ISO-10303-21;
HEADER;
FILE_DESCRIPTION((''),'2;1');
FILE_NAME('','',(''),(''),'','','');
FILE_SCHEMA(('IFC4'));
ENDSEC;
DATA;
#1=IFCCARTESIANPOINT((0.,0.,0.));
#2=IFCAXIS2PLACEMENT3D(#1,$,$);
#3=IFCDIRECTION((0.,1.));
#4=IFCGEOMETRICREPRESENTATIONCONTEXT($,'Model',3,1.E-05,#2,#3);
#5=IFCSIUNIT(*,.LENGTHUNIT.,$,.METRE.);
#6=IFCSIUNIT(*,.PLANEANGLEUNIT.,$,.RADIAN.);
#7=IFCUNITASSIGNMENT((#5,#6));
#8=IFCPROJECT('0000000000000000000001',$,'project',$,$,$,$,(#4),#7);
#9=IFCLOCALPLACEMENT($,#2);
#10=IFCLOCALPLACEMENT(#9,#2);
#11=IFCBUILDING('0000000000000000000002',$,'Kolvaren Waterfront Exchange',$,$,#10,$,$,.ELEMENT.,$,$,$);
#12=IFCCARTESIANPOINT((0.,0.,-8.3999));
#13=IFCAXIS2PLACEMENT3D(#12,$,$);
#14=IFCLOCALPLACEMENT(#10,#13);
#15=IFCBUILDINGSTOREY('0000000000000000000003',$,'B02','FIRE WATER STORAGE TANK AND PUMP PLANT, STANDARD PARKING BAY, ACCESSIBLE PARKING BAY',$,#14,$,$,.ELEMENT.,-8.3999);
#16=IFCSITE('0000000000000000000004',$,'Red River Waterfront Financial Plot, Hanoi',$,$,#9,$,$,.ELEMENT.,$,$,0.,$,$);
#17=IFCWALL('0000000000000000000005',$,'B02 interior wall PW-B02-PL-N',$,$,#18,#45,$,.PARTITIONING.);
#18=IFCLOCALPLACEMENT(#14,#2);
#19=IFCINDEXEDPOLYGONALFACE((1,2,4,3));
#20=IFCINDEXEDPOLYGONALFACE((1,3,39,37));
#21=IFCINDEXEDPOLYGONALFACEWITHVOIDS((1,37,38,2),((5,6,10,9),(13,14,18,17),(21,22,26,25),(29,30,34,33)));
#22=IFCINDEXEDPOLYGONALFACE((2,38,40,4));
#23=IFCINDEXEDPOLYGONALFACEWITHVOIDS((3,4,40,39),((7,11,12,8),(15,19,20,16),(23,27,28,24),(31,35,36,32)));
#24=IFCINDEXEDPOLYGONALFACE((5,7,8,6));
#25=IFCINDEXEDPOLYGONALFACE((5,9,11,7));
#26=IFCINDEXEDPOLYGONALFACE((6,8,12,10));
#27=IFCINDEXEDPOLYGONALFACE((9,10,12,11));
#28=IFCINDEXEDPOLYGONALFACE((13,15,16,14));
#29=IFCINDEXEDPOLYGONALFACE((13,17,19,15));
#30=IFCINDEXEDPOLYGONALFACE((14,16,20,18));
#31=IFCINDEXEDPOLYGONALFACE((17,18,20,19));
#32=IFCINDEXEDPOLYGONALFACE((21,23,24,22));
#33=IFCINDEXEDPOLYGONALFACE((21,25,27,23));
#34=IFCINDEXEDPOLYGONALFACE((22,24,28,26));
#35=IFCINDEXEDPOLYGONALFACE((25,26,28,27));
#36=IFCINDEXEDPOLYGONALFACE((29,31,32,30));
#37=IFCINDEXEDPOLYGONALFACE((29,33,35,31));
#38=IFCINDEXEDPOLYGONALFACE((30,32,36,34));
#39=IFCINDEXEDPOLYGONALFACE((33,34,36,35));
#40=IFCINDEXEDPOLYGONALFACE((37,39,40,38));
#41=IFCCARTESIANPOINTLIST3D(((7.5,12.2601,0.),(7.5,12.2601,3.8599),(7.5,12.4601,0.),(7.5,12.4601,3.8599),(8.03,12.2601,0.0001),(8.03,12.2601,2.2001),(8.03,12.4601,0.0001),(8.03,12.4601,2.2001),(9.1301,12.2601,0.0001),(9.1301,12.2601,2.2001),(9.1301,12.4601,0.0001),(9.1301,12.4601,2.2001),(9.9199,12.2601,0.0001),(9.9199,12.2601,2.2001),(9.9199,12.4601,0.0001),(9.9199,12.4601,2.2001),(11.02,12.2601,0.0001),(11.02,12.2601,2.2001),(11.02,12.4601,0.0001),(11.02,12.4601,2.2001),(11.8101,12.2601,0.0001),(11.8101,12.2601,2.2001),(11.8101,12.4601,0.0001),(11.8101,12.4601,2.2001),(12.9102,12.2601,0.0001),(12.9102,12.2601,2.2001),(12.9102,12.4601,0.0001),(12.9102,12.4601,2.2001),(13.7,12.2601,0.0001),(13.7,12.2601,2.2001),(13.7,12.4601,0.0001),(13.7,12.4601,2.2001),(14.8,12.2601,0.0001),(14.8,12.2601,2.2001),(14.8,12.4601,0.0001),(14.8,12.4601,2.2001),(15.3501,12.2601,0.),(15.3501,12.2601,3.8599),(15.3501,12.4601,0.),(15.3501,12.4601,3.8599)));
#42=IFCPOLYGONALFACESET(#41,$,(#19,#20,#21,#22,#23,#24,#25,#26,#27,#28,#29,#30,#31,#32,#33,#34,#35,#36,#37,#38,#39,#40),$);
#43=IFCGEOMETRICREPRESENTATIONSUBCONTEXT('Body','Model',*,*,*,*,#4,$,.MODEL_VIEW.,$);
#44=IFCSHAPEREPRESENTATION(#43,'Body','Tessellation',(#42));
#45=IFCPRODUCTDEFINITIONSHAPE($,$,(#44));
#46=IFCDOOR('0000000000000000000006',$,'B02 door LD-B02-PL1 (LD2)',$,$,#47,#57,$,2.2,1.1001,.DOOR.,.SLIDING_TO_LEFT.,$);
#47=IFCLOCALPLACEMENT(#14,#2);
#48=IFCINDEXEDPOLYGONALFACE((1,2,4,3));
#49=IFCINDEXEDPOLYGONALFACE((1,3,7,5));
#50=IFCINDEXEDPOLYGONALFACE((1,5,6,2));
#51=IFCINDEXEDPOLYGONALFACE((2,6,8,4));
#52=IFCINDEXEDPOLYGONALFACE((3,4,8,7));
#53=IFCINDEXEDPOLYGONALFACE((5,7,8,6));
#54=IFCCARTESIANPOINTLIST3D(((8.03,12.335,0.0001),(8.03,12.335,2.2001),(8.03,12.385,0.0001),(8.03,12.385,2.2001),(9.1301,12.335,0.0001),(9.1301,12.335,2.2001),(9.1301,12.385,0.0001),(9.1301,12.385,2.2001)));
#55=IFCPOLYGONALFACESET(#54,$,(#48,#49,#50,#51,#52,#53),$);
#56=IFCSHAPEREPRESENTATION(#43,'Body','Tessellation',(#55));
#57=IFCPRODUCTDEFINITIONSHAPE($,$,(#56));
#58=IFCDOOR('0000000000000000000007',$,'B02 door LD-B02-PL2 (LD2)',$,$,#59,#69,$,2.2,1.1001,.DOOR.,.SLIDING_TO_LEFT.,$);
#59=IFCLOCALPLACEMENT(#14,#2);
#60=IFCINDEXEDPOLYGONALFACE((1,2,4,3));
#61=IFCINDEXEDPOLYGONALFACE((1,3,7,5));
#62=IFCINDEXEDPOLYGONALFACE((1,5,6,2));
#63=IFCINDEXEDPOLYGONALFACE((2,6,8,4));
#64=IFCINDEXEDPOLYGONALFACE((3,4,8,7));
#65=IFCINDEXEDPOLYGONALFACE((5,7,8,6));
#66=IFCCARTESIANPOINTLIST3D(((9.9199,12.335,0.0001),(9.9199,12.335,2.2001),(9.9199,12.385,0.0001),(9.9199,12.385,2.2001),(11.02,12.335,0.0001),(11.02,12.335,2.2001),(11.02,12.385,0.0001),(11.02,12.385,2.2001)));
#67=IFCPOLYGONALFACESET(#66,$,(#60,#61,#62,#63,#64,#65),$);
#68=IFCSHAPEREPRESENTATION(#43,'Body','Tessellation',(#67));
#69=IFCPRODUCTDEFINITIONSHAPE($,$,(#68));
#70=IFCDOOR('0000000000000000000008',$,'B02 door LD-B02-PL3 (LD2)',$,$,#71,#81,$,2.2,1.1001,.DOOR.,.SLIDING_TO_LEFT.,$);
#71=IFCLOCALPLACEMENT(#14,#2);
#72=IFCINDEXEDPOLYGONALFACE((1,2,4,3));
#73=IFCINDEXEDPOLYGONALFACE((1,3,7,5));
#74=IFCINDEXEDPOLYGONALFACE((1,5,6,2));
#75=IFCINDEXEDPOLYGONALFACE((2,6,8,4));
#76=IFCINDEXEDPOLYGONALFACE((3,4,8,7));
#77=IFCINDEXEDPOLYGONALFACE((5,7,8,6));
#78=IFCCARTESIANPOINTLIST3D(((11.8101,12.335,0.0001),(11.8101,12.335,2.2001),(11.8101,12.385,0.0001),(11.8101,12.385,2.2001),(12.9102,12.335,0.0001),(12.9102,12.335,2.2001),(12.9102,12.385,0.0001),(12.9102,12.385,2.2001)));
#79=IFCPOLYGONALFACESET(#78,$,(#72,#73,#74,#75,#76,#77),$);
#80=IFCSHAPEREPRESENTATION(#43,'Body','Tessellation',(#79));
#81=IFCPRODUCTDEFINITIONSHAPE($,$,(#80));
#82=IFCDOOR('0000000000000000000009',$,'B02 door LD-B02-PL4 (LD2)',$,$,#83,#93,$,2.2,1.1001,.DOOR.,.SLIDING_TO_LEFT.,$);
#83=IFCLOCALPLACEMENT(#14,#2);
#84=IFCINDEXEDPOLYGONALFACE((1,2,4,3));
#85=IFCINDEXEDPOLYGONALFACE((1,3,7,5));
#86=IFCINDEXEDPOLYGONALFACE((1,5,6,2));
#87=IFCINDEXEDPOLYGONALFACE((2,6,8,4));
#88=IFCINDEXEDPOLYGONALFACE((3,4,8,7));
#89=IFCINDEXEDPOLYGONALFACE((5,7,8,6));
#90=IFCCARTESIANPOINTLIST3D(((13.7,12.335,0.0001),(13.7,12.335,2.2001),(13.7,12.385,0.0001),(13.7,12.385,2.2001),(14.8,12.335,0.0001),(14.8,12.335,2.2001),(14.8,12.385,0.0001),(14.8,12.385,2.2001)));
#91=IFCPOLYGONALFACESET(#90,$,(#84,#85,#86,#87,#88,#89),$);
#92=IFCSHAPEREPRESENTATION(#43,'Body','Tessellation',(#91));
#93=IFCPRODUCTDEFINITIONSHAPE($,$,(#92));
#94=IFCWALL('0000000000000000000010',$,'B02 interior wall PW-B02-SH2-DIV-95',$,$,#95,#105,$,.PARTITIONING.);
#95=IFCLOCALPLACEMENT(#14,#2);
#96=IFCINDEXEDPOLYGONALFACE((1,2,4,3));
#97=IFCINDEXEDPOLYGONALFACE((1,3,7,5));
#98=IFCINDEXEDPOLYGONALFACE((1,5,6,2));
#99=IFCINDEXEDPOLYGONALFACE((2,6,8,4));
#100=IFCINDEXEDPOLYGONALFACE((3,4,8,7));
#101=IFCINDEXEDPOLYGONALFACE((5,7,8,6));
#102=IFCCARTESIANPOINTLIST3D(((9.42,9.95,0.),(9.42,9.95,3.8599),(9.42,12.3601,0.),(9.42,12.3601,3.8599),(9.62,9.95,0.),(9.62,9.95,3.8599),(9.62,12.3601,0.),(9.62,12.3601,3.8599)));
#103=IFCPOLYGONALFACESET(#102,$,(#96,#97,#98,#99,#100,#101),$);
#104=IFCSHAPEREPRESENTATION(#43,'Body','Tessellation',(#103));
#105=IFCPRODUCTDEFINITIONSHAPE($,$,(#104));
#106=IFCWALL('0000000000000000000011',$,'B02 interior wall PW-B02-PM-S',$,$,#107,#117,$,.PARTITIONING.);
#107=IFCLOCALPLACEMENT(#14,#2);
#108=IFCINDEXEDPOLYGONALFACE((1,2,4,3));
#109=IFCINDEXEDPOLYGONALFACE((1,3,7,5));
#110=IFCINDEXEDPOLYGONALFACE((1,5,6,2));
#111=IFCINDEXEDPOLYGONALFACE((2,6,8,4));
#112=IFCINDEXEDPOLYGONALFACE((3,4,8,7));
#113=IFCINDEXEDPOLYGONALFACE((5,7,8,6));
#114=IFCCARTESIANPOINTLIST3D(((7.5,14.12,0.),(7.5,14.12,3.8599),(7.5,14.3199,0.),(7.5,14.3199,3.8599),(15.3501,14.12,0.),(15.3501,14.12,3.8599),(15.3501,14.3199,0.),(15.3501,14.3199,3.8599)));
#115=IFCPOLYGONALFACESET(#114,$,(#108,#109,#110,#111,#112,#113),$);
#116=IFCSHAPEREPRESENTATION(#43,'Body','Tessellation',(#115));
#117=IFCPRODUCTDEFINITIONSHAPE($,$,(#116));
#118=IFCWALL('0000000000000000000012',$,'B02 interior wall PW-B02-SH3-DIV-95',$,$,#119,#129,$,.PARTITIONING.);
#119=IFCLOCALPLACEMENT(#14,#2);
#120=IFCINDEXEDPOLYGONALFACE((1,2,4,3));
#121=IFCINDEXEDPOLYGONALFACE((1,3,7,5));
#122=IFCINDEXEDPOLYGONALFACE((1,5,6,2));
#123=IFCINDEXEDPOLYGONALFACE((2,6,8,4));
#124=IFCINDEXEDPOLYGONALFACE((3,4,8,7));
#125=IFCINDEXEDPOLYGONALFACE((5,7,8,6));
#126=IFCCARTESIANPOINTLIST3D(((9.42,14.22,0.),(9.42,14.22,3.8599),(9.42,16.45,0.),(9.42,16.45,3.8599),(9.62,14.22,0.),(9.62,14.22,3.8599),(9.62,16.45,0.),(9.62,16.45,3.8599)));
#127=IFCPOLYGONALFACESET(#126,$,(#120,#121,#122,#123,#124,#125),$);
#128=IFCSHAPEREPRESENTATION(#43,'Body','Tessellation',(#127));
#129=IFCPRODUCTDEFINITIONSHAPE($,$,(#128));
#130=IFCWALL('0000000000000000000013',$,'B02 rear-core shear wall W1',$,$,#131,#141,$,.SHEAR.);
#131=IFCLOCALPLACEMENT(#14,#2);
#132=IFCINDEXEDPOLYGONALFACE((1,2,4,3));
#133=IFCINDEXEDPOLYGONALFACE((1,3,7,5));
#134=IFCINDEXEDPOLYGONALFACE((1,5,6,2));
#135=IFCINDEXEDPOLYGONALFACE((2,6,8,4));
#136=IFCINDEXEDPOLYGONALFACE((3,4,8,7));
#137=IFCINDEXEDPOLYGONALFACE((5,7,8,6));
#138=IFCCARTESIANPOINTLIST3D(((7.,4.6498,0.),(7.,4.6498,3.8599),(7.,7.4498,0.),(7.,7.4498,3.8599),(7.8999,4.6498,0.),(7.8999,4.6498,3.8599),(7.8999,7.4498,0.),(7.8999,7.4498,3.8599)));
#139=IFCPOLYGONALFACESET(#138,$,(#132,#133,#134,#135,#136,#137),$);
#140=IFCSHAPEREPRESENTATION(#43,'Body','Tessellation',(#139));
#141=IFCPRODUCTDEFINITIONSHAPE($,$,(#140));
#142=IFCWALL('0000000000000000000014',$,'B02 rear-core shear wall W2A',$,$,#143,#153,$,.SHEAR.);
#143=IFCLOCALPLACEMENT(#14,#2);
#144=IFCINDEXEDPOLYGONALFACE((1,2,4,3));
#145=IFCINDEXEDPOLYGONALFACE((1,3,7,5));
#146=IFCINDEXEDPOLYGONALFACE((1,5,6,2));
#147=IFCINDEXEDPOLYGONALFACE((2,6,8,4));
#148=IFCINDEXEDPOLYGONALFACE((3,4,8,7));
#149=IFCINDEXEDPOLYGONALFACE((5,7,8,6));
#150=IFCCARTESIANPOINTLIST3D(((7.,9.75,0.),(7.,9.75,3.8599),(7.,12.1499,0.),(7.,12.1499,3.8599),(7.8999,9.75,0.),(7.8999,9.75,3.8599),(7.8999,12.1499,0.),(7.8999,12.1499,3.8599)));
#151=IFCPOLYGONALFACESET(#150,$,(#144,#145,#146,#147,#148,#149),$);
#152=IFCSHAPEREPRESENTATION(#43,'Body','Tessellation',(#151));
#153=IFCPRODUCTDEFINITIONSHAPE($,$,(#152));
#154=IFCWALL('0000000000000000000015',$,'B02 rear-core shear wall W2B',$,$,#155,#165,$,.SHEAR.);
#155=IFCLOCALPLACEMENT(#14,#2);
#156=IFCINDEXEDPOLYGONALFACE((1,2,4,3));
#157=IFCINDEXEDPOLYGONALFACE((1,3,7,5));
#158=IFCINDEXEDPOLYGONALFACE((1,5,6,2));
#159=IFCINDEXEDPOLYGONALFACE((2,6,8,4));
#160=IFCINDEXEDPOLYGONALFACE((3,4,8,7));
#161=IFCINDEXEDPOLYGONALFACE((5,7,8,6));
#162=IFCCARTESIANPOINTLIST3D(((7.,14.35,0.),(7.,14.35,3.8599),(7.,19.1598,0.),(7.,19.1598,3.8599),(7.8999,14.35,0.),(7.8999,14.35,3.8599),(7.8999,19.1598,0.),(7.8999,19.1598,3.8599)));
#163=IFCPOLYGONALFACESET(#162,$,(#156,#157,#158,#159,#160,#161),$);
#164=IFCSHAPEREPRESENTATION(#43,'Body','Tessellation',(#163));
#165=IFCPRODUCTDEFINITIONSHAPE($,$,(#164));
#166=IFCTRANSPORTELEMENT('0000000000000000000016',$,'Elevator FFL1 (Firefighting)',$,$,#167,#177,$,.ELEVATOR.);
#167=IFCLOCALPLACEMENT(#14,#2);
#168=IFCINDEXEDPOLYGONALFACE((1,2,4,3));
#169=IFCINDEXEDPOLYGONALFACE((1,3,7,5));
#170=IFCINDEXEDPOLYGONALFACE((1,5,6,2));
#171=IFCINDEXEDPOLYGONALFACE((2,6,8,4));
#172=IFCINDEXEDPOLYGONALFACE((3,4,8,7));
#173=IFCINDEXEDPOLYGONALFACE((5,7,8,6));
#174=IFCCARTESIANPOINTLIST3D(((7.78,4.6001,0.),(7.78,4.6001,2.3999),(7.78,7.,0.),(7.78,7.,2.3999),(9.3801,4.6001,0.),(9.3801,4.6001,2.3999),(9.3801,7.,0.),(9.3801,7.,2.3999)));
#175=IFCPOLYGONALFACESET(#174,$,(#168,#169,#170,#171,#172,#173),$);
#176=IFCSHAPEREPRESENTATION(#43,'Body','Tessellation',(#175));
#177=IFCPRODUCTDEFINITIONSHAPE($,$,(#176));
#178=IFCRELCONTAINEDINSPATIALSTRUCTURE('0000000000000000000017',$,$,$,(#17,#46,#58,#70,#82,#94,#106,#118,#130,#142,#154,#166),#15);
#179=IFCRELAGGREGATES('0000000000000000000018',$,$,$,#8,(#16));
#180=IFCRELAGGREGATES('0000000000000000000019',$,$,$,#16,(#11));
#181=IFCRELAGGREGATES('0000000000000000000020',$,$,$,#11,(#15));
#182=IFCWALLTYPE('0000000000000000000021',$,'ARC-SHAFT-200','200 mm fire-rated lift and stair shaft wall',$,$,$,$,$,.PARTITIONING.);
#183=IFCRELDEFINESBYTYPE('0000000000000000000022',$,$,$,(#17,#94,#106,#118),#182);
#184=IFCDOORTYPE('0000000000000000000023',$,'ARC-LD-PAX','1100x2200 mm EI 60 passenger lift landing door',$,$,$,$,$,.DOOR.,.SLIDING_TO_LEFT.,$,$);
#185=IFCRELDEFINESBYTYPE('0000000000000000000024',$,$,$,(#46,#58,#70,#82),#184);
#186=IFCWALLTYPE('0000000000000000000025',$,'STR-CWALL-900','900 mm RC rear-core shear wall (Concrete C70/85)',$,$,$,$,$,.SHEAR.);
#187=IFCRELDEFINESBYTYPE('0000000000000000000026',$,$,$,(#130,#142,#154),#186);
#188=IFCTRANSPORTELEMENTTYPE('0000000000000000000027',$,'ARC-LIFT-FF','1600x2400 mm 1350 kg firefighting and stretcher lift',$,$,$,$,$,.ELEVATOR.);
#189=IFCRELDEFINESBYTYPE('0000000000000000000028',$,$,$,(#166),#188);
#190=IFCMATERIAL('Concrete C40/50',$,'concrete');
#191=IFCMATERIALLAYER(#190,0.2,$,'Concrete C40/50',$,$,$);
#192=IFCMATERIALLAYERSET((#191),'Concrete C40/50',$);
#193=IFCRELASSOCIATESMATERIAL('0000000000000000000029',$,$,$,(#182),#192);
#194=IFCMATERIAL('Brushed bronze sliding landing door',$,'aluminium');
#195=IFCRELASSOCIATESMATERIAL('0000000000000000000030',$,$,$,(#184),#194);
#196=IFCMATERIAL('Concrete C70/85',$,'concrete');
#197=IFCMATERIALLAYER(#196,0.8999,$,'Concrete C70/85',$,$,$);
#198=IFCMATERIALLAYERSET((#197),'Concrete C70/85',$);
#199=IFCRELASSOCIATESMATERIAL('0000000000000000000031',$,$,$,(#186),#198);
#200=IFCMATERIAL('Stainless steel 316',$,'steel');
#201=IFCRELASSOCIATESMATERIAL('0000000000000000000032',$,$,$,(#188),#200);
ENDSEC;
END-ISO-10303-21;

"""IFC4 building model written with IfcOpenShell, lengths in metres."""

from ifc_helpers import new_model, si_unit, direction, frame, frame_2d, origin, origin_2d, place, context, subcontext, project, spatial, rectangle, extrude, material, layer, layer_set, type_object, element, fill, save


model = new_model("IFC4")

# Units and contexts
model_context = context("Model", 3, precision=1e-05, world=origin(), true_north=direction((0.0, 1.0)))
body_context = subcontext(model_context, "Body", "Model", "MODEL_VIEW")
ifc_project = project(units=[si_unit("LENGTHUNIT", "METRE"), si_unit("PLANEANGLEUNIT", "RADIAN")], contexts=[model_context])

# Site, building, storey
site_placement = place(None, origin())
site = spatial("IfcSite", under=ifc_project, at=site_placement, Name="Red River Waterfront Financial Plot, Hanoi", CompositionType="ELEMENT", RefElevation=0.0)
building_placement = place(site_placement, origin())
building = spatial("IfcBuilding", under=site, at=building_placement, Name="Kolvaren Waterfront Exchange", CompositionType="ELEMENT")
storey_placement = place(building_placement, frame((0.0, 0.0, -8.3999)))
storey = spatial("IfcBuildingStorey", under=building, at=storey_placement, Name="B02", Description="FIRE WATER STORAGE TANK AND PUMP PLANT, STANDARD PARKING BAY, ACCESSIBLE PARKING BAY", CompositionType="ELEMENT", Elevation=-8.3999)

# Shared definitions
ifc_material_1 = material(Name="Concrete C70/85", Category="concrete")

# Shared definitions
ifc_material_2 = material(Name="Concrete C40/50", Category="concrete")
ifc_layer_1 = layer(ifc_material_2, 0.2, Name="Concrete C40/50")
ifc_layer_set_1 = layer_set([ifc_layer_1], Name="Concrete C40/50")
wall_type_1 = type_object("IfcWallType", Name="ARC-SHAFT-200", Description="200 mm fire-rated lift and stair shaft wall", PredefinedType="PARTITIONING", material=ifc_layer_set_1)

# Wall, openings, doors
wall_1_placement = place(storey_placement, frame((7.5, 12.3601, 0.0), z_axis=(0.0, 0.0, 1.0), x_axis=(1.0, 0.0, 0.0)))
wall_1 = element("IfcWall", 1, at=wall_1_placement, inside=storey, type_object=wall_type_1, Name="B02 interior wall PW-B02-PL-N", PredefinedType="PARTITIONING", context=body_context, shape_type="SweptSolid", body=[
    extrude(rectangle(XDim=7.8501, YDim=0.2, at=frame_2d((3.925, 0.0))), origin(), (0.0, 0.0, 1.0), 3.8599),
])
opening_1_placement = place(wall_1_placement, frame((0.53, 0.0, 0.0)))
opening_1 = element("IfcOpeningElement", 2, at=opening_1_placement, cuts=wall_1, PredefinedType="OPENING", context=body_context, shape_type="SweptSolid", body=[
    extrude(rectangle(XDim=1.1001, YDim=2.2, at=frame_2d((0.55, 1.1001))), frame((0.0, 0.1099, 0.0), z_axis=(0.0, -1.0, 0.0), x_axis=(1.0, 0.0, 0.0)), (0.0, 0.0, 1.0), 0.22),
])
opening_2_placement = place(wall_1_placement, frame((2.4199, 0.0, 0.0)))
opening_2 = element("IfcOpeningElement", 3, at=opening_2_placement, cuts=wall_1, PredefinedType="OPENING", context=body_context, shape_type="SweptSolid", body=[
    extrude(rectangle(XDim=1.1001, YDim=2.2, at=frame_2d((0.55, 1.1001))), frame((0.0, 0.1099, 0.0), z_axis=(0.0, -1.0, 0.0), x_axis=(1.0, 0.0, 0.0)), (0.0, 0.0, 1.0), 0.22),
])
opening_3_placement = place(wall_1_placement, frame((4.3101, 0.0, 0.0)))
opening_3 = element("IfcOpeningElement", 4, at=opening_3_placement, cuts=wall_1, PredefinedType="OPENING", context=body_context, shape_type="SweptSolid", body=[
    extrude(rectangle(XDim=1.1001, YDim=2.2, at=frame_2d((0.55, 1.1001))), frame((0.0, 0.1099, 0.0), z_axis=(0.0, -1.0, 0.0), x_axis=(1.0, 0.0, 0.0)), (0.0, 0.0, 1.0), 0.22),
])
opening_4_placement = place(wall_1_placement, frame((6.2, 0.0, 0.0)))
opening_4 = element("IfcOpeningElement", 5, at=opening_4_placement, cuts=wall_1, PredefinedType="OPENING", context=body_context, shape_type="SweptSolid", body=[
    extrude(rectangle(XDim=1.1001, YDim=2.2, at=frame_2d((0.55, 1.1001))), frame((0.0, 0.1099, 0.0), z_axis=(0.0, -1.0, 0.0), x_axis=(1.0, 0.0, 0.0)), (0.0, 0.0, 1.0), 0.22),
])
ifc_material_3 = material(Name="Brushed bronze sliding landing door", Category="aluminium")
door_type_1 = type_object("IfcDoorType", Name="ARC-LD-PAX", Description="1100x2200 mm EI 60 passenger lift landing door", OperationType="SLIDING_TO_LEFT", PredefinedType="DOOR", material=ifc_material_3)
door_1_placement = place(opening_1_placement, origin())
door_1 = element("IfcDoor", 6, at=door_1_placement, inside=storey, type_object=door_type_1, Name="B02 door LD-B02-PL1 (LD2)", OperationType="SLIDING_TO_LEFT", OverallHeight=2.2, OverallWidth=1.1001, PredefinedType="DOOR", context=body_context, shape_type="SweptSolid", body=[
    extrude(rectangle(XDim=1.1001, YDim=2.2, at=frame_2d((0.55, 1.1001))), frame((0.0, 0.0249, 0.0), z_axis=(0.0, -1.0, 0.0), x_axis=(1.0, 0.0, 0.0)), (0.0, 0.0, 1.0), 0.05),
])
fill(opening_1, door_1)
door_2_placement = place(opening_2_placement, origin())
door_2 = element("IfcDoor", 7, at=door_2_placement, inside=storey, type_object=door_type_1, Name="B02 door LD-B02-PL2 (LD2)", OperationType="SLIDING_TO_LEFT", OverallHeight=2.2, OverallWidth=1.1001, PredefinedType="DOOR", context=body_context, shape_type="SweptSolid", body=[
    extrude(rectangle(XDim=1.1001, YDim=2.2, at=frame_2d((0.55, 1.1001))), frame((0.0, 0.0249, 0.0), z_axis=(0.0, -1.0, 0.0), x_axis=(1.0, 0.0, 0.0)), (0.0, 0.0, 1.0), 0.05),
])
fill(opening_2, door_2)
door_3_placement = place(opening_3_placement, origin())
door_3 = element("IfcDoor", 8, at=door_3_placement, inside=storey, type_object=door_type_1, Name="B02 door LD-B02-PL3 (LD2)", OperationType="SLIDING_TO_LEFT", OverallHeight=2.2, OverallWidth=1.1001, PredefinedType="DOOR", context=body_context, shape_type="SweptSolid", body=[
    extrude(rectangle(XDim=1.1001, YDim=2.2, at=frame_2d((0.55, 1.1001))), frame((0.0, 0.0249, 0.0), z_axis=(0.0, -1.0, 0.0), x_axis=(1.0, 0.0, 0.0)), (0.0, 0.0, 1.0), 0.05),
])
fill(opening_3, door_3)
door_4_placement = place(opening_4_placement, origin())
door_4 = element("IfcDoor", 9, at=door_4_placement, inside=storey, type_object=door_type_1, Name="B02 door LD-B02-PL4 (LD2)", OperationType="SLIDING_TO_LEFT", OverallHeight=2.2, OverallWidth=1.1001, PredefinedType="DOOR", context=body_context, shape_type="SweptSolid", body=[
    extrude(rectangle(XDim=1.1001, YDim=2.2, at=frame_2d((0.55, 1.1001))), frame((0.0, 0.0249, 0.0), z_axis=(0.0, -1.0, 0.0), x_axis=(1.0, 0.0, 0.0)), (0.0, 0.0, 1.0), 0.05),
])
fill(opening_4, door_4)

# Walls
wall_2_placement = place(storey_placement, frame((9.52, 9.95, 0.0), z_axis=(0.0, 0.0, 1.0), x_axis=(0.0, 1.0, 0.0)))
element("IfcWall", 10, at=wall_2_placement, inside=storey, type_object=wall_type_1, Name="B02 interior wall PW-B02-SH2-DIV-95", PredefinedType="PARTITIONING", context=body_context, shape_type="SweptSolid", body=[
    extrude(rectangle(XDim=2.4102, YDim=0.2, at=frame_2d((1.2051, 0.0))), origin(), (0.0, 0.0, 1.0), 3.8599),
])
wall_3_placement = place(storey_placement, frame((7.5, 14.22, 0.0), z_axis=(0.0, 0.0, 1.0), x_axis=(1.0, 0.0, 0.0)))
element("IfcWall", 11, at=wall_3_placement, inside=storey, type_object=wall_type_1, Name="B02 interior wall PW-B02-PM-S", PredefinedType="PARTITIONING", context=body_context, shape_type="SweptSolid", body=[
    extrude(rectangle(XDim=7.8501, YDim=0.2, at=frame_2d((3.925, 0.0))), origin(), (0.0, 0.0, 1.0), 3.8599),
])
wall_4_placement = place(storey_placement, frame((9.52, 14.22, 0.0), z_axis=(0.0, 0.0, 1.0), x_axis=(0.0, 1.0, 0.0)))
element("IfcWall", 12, at=wall_4_placement, inside=storey, type_object=wall_type_1, Name="B02 interior wall PW-B02-SH3-DIV-95", PredefinedType="PARTITIONING", context=body_context, shape_type="SweptSolid", body=[
    extrude(rectangle(XDim=2.23, YDim=0.2, at=frame_2d((1.115, 0.0))), origin(), (0.0, 0.0, 1.0), 3.8599),
])
ifc_layer_2 = layer(ifc_material_1, 0.8999, Name="Concrete C70/85")
ifc_layer_set_2 = layer_set([ifc_layer_2], Name="Concrete C70/85")
wall_type_2 = type_object("IfcWallType", Name="STR-CWALL-900", Description="900 mm RC rear-core shear wall (Concrete C70/85)", PredefinedType="SHEAR", material=ifc_layer_set_2)
wall_5_placement = place(storey_placement, frame((7.45, 4.6499, 0.0), z_axis=(0.0, 0.0, 1.0), x_axis=(0.0, 1.0, 0.0)))
element("IfcWall", 13, at=wall_5_placement, inside=storey, type_object=wall_type_2, Name="B02 rear-core shear wall W1", PredefinedType="SHEAR", context=body_context, shape_type="SweptSolid", body=[
    extrude(rectangle(XDim=2.8, YDim=0.8999, at=frame_2d((1.3999, 0.0))), origin(), (0.0, 0.0, 1.0), 3.8599),
])
wall_6_placement = place(storey_placement, frame((7.45, 9.75, 0.0), z_axis=(0.0, 0.0, 1.0), x_axis=(0.0, 1.0, 0.0)))
element("IfcWall", 14, at=wall_6_placement, inside=storey, type_object=wall_type_2, Name="B02 rear-core shear wall W2A", PredefinedType="SHEAR", context=body_context, shape_type="SweptSolid", body=[
    extrude(rectangle(XDim=2.3999, YDim=0.8999, at=frame_2d((1.2, 0.0))), origin(), (0.0, 0.0, 1.0), 3.8599),
])
wall_7_placement = place(storey_placement, frame((7.45, 14.3501, 0.0), z_axis=(0.0, 0.0, 1.0), x_axis=(0.0, 1.0, 0.0)))
element("IfcWall", 15, at=wall_7_placement, inside=storey, type_object=wall_type_2, Name="B02 rear-core shear wall W2B", PredefinedType="SHEAR", context=body_context, shape_type="SweptSolid", body=[
    extrude(rectangle(XDim=4.8098, YDim=0.8999, at=frame_2d((2.4048, 0.0))), origin(), (0.0, 0.0, 1.0), 3.8599),
])

# Transport element
ifc_material_4 = material(Name="Stainless steel 316", Category="steel")
transport_element_type_1 = type_object("IfcTransportElementType", Name="ARC-LIFT-FF", Description="1600x2400 mm 1350 kg firefighting and stretcher lift", PredefinedType="ELEVATOR", material=ifc_material_4)
transport_element_1_placement = place(storey_placement, frame((8.5801, 5.8, 0.0), z_axis=(0.0, 0.0, 1.0), x_axis=(1.0, 0.0, 0.0)))
element("IfcTransportElement", 16, at=transport_element_1_placement, inside=storey, type_object=transport_element_type_1, Name="Elevator FFL1 (Firefighting)", PredefinedType="ELEVATOR", context=body_context, shape_type="SweptSolid", body=[
    extrude(rectangle(XDim=1.6001, YDim=2.3999, at=origin_2d()), origin(), (0.0, 0.0, 1.0), 2.3999),
])

save(model, "model.ifc")
